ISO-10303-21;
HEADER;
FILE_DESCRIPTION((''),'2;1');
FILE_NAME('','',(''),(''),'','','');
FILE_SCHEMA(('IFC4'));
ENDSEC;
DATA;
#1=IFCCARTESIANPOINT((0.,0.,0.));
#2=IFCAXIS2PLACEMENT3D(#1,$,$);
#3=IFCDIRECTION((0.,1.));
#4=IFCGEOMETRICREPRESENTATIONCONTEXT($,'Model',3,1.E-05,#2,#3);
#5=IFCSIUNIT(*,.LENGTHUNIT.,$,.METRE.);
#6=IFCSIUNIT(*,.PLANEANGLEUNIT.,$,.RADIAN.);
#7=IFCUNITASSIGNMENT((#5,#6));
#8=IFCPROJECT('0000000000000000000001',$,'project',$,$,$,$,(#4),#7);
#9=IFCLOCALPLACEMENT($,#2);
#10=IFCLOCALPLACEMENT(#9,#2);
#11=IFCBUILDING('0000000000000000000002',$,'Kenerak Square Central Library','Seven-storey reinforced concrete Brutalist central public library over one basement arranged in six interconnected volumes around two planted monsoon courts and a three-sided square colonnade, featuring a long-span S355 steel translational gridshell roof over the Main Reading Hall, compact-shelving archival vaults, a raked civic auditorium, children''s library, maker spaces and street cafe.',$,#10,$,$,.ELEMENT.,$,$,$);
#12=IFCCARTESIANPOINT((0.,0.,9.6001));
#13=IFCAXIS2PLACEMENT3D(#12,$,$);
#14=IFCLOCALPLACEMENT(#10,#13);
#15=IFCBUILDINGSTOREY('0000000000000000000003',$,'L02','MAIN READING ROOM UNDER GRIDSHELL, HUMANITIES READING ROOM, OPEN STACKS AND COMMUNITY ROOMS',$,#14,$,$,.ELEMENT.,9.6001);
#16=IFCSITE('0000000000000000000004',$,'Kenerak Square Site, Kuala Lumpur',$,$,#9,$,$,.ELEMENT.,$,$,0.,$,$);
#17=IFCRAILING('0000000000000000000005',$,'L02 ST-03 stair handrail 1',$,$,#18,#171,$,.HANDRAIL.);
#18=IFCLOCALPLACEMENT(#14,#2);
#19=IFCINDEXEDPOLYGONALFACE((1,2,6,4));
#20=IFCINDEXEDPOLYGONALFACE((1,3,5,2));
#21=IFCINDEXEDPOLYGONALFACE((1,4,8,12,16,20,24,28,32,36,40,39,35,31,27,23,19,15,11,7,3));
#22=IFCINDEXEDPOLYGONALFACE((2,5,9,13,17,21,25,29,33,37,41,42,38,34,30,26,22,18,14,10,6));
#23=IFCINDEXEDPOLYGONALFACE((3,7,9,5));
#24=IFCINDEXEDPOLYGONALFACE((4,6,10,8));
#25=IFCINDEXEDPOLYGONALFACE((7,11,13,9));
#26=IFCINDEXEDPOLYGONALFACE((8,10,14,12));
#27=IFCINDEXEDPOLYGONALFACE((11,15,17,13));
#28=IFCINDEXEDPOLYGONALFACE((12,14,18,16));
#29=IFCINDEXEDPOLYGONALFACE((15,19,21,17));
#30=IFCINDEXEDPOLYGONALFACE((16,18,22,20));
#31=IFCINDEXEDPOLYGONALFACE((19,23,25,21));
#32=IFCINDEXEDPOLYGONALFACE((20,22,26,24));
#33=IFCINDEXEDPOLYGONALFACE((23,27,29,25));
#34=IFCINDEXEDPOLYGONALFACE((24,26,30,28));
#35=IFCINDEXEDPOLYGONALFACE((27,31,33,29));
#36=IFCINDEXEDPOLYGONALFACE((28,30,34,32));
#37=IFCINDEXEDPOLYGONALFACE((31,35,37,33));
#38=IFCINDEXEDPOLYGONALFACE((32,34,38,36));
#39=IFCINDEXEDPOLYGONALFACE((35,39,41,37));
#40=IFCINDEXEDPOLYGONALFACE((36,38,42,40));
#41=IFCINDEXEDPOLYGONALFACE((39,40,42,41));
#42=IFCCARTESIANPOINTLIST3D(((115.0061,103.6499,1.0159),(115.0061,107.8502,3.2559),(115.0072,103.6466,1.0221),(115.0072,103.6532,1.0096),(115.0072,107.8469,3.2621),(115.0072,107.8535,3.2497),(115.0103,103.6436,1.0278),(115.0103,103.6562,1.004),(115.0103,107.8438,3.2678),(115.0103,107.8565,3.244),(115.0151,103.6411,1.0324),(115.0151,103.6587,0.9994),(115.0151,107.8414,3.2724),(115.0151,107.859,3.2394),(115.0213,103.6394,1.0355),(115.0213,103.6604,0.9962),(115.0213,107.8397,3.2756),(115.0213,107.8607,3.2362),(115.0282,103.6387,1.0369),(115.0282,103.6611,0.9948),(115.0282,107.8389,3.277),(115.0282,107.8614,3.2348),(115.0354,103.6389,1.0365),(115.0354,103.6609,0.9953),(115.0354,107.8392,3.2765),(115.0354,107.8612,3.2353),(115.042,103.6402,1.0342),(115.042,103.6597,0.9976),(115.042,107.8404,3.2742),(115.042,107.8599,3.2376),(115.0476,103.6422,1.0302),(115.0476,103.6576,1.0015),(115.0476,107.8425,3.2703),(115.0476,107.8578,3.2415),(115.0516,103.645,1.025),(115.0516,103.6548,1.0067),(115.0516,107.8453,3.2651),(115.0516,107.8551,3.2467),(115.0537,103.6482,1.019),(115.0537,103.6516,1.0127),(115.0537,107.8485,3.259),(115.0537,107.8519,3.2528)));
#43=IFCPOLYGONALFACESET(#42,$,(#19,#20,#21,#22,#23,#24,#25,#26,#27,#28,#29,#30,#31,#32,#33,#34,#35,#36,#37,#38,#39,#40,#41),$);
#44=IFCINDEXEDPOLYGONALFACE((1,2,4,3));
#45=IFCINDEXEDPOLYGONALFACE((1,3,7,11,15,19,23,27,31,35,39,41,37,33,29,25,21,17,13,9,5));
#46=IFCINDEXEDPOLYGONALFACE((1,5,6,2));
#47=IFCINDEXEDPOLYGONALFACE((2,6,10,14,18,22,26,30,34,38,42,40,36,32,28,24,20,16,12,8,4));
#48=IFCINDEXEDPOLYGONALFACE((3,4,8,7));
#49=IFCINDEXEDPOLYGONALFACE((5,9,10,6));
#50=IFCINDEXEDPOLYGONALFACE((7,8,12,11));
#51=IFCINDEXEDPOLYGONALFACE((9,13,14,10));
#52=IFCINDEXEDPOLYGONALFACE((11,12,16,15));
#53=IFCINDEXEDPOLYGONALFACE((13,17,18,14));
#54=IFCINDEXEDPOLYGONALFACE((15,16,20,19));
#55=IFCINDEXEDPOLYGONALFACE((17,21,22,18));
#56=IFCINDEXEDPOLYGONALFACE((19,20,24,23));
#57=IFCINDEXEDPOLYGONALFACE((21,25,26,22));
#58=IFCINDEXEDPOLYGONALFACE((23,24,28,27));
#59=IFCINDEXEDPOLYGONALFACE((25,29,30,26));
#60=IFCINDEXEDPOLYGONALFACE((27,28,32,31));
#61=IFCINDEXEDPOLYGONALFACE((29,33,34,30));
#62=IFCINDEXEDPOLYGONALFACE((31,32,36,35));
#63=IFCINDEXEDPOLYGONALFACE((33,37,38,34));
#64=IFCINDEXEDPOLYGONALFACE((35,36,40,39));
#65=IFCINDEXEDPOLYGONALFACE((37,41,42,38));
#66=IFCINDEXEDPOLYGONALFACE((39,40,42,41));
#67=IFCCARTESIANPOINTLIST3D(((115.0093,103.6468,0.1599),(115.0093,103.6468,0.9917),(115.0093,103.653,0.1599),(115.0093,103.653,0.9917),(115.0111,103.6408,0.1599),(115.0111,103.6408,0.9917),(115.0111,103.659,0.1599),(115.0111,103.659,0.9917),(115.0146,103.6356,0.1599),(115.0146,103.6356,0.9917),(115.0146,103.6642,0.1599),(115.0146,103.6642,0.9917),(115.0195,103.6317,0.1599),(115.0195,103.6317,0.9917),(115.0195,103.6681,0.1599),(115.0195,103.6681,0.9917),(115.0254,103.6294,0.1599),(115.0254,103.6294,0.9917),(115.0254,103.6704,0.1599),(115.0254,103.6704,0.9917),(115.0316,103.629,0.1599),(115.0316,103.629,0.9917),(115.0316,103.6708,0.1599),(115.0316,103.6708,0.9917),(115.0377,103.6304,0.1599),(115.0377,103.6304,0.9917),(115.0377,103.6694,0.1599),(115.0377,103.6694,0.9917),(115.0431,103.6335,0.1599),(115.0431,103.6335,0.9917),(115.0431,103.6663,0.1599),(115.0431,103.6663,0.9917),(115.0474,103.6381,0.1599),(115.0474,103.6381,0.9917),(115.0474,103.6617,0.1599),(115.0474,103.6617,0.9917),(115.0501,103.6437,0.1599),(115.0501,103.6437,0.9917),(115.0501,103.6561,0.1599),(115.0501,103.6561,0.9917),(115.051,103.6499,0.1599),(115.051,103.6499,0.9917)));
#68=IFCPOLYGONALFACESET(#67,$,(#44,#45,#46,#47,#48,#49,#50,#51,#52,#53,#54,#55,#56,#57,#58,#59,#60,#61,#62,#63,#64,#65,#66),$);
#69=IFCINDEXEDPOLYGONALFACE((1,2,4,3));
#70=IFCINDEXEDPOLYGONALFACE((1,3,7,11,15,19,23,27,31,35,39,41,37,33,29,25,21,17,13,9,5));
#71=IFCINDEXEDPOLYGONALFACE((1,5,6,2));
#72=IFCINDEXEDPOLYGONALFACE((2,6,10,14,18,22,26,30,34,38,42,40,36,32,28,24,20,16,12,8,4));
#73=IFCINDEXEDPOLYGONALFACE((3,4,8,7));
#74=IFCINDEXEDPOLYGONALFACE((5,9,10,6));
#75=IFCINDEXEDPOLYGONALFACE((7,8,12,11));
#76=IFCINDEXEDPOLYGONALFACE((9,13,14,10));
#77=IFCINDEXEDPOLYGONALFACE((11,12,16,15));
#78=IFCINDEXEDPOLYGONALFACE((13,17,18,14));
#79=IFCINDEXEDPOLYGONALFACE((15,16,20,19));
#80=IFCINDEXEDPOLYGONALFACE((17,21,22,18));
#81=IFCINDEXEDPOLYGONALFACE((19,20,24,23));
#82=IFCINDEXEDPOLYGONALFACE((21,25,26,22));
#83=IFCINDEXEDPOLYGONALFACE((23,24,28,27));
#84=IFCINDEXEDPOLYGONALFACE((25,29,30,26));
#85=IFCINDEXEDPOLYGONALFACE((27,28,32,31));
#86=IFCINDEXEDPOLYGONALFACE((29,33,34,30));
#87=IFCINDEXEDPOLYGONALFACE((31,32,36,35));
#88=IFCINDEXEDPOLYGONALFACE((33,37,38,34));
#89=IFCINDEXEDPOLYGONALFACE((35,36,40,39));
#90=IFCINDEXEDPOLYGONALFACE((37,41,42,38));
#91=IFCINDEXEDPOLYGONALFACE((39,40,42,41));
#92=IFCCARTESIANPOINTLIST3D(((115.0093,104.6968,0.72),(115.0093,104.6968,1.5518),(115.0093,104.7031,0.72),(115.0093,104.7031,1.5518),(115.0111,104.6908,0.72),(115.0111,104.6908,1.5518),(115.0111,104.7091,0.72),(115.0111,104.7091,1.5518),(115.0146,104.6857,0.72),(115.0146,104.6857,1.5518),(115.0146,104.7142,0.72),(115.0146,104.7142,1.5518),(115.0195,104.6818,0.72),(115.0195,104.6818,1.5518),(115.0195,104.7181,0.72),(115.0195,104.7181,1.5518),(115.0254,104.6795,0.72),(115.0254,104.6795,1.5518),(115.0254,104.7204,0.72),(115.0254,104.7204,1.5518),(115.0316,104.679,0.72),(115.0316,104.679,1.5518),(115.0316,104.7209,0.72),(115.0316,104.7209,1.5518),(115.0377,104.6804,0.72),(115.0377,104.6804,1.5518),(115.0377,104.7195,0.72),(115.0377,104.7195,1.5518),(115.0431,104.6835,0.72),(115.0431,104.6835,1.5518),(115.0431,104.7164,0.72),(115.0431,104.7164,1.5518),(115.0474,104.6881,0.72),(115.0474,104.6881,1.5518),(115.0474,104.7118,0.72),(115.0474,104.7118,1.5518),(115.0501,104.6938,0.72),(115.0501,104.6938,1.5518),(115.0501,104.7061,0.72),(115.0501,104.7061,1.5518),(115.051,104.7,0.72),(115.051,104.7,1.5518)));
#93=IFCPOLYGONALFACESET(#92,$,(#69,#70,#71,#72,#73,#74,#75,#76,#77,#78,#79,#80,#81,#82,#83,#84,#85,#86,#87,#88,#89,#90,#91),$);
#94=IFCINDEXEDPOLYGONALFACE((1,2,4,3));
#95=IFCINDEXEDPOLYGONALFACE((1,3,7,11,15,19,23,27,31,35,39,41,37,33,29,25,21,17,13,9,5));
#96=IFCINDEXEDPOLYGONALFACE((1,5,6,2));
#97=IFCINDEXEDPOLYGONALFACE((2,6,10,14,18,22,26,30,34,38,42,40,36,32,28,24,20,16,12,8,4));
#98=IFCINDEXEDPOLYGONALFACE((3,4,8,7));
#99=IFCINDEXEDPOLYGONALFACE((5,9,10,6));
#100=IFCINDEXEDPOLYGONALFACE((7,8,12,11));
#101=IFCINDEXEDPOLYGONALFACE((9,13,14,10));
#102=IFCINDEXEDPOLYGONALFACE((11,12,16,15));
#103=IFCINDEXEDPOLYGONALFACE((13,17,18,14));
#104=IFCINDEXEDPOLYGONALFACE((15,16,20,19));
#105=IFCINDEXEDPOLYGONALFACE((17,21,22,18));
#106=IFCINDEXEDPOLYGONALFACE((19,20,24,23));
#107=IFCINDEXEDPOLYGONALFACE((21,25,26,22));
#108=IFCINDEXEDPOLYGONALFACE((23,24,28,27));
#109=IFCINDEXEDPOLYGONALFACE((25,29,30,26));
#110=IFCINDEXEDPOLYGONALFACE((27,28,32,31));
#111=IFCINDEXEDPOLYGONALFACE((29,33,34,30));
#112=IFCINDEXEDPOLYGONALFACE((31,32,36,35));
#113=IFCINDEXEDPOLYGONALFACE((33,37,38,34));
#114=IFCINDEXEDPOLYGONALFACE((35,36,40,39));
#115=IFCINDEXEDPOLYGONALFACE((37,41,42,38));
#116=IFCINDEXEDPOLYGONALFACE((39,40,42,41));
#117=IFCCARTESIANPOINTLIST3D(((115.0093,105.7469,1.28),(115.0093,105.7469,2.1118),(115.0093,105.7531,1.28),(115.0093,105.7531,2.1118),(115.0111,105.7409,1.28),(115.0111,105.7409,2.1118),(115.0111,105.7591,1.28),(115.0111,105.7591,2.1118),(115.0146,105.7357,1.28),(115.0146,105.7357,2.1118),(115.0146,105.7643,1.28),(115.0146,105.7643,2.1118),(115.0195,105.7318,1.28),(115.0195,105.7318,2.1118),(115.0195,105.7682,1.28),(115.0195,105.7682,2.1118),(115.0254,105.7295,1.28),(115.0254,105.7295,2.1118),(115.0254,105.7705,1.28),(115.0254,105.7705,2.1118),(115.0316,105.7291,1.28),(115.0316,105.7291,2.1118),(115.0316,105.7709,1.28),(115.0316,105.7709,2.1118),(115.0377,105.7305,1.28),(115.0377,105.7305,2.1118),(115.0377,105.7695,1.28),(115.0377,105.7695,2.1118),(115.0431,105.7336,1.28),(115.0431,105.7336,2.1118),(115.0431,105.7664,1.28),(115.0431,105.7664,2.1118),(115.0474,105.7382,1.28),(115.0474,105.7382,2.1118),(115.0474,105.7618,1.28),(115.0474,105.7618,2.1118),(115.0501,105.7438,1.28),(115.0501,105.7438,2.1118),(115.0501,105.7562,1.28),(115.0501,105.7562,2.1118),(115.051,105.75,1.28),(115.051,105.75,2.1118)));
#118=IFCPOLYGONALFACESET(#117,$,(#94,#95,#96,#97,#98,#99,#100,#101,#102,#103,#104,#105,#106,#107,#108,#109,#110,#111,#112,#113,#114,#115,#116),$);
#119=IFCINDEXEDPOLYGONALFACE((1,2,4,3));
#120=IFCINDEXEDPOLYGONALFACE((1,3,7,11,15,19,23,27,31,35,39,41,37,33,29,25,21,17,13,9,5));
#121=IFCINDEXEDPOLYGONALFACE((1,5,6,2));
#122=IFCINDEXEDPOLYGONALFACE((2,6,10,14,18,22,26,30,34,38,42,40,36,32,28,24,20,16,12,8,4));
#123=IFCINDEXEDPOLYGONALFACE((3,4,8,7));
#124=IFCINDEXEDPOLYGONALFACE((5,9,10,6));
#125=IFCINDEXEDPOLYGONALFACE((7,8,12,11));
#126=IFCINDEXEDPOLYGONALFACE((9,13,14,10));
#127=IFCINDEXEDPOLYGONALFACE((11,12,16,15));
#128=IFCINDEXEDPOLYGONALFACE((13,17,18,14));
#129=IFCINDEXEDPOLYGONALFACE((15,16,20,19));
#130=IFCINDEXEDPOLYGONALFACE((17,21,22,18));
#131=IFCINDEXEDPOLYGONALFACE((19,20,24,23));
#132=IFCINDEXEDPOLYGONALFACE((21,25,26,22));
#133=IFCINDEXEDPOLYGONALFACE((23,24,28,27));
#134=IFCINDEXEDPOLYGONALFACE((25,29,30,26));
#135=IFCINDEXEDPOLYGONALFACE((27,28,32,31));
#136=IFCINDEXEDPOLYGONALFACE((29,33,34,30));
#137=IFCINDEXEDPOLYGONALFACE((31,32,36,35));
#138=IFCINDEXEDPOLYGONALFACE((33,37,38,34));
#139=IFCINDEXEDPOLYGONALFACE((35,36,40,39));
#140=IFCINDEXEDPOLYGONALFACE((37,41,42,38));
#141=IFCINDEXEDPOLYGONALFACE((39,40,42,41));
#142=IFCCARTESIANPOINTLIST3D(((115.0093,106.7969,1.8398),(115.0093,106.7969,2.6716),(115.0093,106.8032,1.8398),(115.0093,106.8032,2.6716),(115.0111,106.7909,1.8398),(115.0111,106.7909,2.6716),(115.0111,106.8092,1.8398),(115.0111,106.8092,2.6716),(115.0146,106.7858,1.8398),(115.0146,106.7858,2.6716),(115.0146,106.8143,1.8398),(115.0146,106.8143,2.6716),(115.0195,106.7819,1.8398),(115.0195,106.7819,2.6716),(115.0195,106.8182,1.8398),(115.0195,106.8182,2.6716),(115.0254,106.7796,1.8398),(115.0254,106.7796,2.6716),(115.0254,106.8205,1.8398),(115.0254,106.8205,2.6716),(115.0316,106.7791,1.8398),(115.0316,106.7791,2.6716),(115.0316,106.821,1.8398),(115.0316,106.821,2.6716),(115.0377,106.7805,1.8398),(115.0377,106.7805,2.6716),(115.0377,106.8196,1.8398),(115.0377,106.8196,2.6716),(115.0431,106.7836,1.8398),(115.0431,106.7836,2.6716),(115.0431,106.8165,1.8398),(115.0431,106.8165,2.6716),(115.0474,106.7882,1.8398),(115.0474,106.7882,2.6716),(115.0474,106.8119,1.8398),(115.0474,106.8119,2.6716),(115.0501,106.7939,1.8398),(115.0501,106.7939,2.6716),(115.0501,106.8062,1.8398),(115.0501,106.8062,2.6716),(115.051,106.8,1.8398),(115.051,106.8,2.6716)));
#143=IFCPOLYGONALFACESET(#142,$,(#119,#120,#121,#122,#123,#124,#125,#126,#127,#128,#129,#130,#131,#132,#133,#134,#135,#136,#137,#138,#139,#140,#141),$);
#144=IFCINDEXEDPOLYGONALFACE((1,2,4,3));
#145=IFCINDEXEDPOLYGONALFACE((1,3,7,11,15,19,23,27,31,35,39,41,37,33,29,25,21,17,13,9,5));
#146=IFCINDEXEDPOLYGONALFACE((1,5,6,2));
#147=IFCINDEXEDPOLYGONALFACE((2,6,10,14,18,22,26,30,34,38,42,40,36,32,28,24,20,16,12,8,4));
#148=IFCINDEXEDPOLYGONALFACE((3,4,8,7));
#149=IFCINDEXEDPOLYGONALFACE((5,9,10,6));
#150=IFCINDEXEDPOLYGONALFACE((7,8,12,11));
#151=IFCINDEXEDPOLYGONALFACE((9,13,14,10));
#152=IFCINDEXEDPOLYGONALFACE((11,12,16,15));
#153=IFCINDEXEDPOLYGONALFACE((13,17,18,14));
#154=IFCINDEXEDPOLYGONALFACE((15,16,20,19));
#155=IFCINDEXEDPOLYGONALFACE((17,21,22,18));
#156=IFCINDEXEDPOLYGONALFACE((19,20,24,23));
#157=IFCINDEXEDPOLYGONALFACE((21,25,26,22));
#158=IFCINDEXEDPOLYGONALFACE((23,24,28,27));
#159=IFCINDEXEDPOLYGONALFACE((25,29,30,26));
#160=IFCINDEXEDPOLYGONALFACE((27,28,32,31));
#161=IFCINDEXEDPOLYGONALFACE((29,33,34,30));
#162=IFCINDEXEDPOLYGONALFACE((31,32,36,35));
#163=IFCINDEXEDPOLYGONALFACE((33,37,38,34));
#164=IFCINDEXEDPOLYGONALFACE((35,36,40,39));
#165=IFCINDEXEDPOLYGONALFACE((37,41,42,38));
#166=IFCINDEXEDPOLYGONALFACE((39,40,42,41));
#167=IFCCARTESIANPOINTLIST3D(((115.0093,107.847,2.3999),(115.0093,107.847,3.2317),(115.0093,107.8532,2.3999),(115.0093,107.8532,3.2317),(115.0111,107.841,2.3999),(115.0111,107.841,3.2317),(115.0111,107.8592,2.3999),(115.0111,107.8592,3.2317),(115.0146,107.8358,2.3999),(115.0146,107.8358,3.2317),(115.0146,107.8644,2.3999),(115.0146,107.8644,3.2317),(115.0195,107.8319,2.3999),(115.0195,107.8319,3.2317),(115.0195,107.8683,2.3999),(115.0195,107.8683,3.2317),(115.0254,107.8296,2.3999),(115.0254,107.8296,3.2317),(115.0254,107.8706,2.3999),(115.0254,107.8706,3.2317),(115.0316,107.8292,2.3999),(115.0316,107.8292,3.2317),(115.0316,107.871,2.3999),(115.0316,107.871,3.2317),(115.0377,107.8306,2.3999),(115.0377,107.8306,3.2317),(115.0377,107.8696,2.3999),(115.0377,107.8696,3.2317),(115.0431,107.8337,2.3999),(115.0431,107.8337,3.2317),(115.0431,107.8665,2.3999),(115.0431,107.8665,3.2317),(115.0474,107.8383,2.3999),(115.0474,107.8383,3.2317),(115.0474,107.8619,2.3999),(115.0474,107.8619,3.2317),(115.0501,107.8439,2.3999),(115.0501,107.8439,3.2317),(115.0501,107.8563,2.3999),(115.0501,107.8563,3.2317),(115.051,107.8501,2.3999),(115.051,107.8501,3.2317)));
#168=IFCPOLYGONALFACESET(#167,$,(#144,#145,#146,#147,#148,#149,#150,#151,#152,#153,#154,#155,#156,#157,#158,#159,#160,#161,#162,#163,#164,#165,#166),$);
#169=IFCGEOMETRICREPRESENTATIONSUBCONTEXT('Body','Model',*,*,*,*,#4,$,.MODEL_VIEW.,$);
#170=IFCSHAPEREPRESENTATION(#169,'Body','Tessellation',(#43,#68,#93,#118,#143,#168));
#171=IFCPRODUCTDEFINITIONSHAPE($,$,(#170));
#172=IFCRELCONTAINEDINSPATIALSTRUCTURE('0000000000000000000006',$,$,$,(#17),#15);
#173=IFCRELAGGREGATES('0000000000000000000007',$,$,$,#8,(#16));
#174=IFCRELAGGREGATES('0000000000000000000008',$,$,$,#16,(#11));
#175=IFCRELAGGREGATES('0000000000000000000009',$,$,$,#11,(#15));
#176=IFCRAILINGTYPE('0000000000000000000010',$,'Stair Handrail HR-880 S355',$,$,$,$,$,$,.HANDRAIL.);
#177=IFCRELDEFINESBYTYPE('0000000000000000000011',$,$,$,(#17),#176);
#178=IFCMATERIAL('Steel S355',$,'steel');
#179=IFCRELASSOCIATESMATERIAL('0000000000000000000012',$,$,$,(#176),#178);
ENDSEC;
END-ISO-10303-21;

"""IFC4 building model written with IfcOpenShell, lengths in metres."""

from ifc_helpers import new_model, si_unit, direction, frame, origin, origin_2d, place, context, subcontext, project, spatial, circle, extrude, material, type_object, element, save


model = new_model("IFC4")

# Units and contexts
model_context = context("Model", 3, precision=1e-05, world=origin(), true_north=direction((0.0, 1.0)))
body_context = subcontext(model_context, "Body", "Model", "MODEL_VIEW")
ifc_project = project(units=[si_unit("LENGTHUNIT", "METRE"), si_unit("PLANEANGLEUNIT", "RADIAN")], contexts=[model_context])

# Site, building, storey
site_placement = place(None, origin())
site = spatial("IfcSite", under=ifc_project, at=site_placement, Name="Kenerak Square Site, Kuala Lumpur", CompositionType="ELEMENT", RefElevation=0.0)
building_placement = place(site_placement, origin())
building = spatial("IfcBuilding", under=site, at=building_placement, Name="Kenerak Square Central Library", Description="Seven-storey reinforced concrete Brutalist central public library over one basement arranged in six interconnected volumes around two planted monsoon courts and a three-sided square colonnade, featuring a long-span S355 steel translational gridshell roof over the Main Reading Hall, compact-shelving archival vaults, a raked civic auditorium, children's library, maker spaces and street cafe.", CompositionType="ELEMENT")
storey_placement = place(building_placement, frame((0.0, 0.0, 9.6001)))
storey = spatial("IfcBuildingStorey", under=building, at=storey_placement, Name="L02", Description="MAIN READING ROOM UNDER GRIDSHELL, HUMANITIES READING ROOM, OPEN STACKS AND COMMUNITY ROOMS", CompositionType="ELEMENT", Elevation=9.6001)

# Shared definitions
ifc_material_1 = material(Name="Steel S355", Category="steel")

# Railing
railing_type_1 = type_object("IfcRailingType", Name="Stair Handrail HR-880 S355", PredefinedType="HANDRAIL", material=ifc_material_1)
railing_1_placement = place(storey_placement, frame((115.03, 103.6499, 0.1599)))
element("IfcRailing", 1, at=railing_1_placement, inside=storey, type_object=railing_type_1, Name="L02 ST-03 stair handrail 1", PredefinedType="HANDRAIL", context=body_context, shape_type="SweptSolid", body=[
    extrude(circle(Radius=0.0239, at=origin_2d()), frame((0.0, 0.0, 0.856), z_axis=(0.0, 0.882363, 0.47057), x_axis=(-1.0, 0.0, 0.0)), (0.0, 0.0, 1.0), 4.7603),
    extrude(circle(Radius=0.021, at=origin_2d()), origin(), (0.0, 0.0, 1.0), 0.8318),
    extrude(circle(Radius=0.021, at=origin_2d()), frame((0.0, 1.05, 0.5601)), (0.0, 0.0, 1.0), 0.8318),
    extrude(circle(Radius=0.021, at=origin_2d()), frame((0.0, 2.1001, 1.1201)), (0.0, 0.0, 1.0), 0.8318),
    extrude(circle(Radius=0.021, at=origin_2d()), frame((0.0, 3.1501, 1.6799)), (0.0, 0.0, 1.0), 0.8318),
    extrude(circle(Radius=0.021, at=origin_2d()), frame((0.0, 4.2002, 2.24)), (0.0, 0.0, 1.0), 0.8318),
])

save(model, "model.ifc")
